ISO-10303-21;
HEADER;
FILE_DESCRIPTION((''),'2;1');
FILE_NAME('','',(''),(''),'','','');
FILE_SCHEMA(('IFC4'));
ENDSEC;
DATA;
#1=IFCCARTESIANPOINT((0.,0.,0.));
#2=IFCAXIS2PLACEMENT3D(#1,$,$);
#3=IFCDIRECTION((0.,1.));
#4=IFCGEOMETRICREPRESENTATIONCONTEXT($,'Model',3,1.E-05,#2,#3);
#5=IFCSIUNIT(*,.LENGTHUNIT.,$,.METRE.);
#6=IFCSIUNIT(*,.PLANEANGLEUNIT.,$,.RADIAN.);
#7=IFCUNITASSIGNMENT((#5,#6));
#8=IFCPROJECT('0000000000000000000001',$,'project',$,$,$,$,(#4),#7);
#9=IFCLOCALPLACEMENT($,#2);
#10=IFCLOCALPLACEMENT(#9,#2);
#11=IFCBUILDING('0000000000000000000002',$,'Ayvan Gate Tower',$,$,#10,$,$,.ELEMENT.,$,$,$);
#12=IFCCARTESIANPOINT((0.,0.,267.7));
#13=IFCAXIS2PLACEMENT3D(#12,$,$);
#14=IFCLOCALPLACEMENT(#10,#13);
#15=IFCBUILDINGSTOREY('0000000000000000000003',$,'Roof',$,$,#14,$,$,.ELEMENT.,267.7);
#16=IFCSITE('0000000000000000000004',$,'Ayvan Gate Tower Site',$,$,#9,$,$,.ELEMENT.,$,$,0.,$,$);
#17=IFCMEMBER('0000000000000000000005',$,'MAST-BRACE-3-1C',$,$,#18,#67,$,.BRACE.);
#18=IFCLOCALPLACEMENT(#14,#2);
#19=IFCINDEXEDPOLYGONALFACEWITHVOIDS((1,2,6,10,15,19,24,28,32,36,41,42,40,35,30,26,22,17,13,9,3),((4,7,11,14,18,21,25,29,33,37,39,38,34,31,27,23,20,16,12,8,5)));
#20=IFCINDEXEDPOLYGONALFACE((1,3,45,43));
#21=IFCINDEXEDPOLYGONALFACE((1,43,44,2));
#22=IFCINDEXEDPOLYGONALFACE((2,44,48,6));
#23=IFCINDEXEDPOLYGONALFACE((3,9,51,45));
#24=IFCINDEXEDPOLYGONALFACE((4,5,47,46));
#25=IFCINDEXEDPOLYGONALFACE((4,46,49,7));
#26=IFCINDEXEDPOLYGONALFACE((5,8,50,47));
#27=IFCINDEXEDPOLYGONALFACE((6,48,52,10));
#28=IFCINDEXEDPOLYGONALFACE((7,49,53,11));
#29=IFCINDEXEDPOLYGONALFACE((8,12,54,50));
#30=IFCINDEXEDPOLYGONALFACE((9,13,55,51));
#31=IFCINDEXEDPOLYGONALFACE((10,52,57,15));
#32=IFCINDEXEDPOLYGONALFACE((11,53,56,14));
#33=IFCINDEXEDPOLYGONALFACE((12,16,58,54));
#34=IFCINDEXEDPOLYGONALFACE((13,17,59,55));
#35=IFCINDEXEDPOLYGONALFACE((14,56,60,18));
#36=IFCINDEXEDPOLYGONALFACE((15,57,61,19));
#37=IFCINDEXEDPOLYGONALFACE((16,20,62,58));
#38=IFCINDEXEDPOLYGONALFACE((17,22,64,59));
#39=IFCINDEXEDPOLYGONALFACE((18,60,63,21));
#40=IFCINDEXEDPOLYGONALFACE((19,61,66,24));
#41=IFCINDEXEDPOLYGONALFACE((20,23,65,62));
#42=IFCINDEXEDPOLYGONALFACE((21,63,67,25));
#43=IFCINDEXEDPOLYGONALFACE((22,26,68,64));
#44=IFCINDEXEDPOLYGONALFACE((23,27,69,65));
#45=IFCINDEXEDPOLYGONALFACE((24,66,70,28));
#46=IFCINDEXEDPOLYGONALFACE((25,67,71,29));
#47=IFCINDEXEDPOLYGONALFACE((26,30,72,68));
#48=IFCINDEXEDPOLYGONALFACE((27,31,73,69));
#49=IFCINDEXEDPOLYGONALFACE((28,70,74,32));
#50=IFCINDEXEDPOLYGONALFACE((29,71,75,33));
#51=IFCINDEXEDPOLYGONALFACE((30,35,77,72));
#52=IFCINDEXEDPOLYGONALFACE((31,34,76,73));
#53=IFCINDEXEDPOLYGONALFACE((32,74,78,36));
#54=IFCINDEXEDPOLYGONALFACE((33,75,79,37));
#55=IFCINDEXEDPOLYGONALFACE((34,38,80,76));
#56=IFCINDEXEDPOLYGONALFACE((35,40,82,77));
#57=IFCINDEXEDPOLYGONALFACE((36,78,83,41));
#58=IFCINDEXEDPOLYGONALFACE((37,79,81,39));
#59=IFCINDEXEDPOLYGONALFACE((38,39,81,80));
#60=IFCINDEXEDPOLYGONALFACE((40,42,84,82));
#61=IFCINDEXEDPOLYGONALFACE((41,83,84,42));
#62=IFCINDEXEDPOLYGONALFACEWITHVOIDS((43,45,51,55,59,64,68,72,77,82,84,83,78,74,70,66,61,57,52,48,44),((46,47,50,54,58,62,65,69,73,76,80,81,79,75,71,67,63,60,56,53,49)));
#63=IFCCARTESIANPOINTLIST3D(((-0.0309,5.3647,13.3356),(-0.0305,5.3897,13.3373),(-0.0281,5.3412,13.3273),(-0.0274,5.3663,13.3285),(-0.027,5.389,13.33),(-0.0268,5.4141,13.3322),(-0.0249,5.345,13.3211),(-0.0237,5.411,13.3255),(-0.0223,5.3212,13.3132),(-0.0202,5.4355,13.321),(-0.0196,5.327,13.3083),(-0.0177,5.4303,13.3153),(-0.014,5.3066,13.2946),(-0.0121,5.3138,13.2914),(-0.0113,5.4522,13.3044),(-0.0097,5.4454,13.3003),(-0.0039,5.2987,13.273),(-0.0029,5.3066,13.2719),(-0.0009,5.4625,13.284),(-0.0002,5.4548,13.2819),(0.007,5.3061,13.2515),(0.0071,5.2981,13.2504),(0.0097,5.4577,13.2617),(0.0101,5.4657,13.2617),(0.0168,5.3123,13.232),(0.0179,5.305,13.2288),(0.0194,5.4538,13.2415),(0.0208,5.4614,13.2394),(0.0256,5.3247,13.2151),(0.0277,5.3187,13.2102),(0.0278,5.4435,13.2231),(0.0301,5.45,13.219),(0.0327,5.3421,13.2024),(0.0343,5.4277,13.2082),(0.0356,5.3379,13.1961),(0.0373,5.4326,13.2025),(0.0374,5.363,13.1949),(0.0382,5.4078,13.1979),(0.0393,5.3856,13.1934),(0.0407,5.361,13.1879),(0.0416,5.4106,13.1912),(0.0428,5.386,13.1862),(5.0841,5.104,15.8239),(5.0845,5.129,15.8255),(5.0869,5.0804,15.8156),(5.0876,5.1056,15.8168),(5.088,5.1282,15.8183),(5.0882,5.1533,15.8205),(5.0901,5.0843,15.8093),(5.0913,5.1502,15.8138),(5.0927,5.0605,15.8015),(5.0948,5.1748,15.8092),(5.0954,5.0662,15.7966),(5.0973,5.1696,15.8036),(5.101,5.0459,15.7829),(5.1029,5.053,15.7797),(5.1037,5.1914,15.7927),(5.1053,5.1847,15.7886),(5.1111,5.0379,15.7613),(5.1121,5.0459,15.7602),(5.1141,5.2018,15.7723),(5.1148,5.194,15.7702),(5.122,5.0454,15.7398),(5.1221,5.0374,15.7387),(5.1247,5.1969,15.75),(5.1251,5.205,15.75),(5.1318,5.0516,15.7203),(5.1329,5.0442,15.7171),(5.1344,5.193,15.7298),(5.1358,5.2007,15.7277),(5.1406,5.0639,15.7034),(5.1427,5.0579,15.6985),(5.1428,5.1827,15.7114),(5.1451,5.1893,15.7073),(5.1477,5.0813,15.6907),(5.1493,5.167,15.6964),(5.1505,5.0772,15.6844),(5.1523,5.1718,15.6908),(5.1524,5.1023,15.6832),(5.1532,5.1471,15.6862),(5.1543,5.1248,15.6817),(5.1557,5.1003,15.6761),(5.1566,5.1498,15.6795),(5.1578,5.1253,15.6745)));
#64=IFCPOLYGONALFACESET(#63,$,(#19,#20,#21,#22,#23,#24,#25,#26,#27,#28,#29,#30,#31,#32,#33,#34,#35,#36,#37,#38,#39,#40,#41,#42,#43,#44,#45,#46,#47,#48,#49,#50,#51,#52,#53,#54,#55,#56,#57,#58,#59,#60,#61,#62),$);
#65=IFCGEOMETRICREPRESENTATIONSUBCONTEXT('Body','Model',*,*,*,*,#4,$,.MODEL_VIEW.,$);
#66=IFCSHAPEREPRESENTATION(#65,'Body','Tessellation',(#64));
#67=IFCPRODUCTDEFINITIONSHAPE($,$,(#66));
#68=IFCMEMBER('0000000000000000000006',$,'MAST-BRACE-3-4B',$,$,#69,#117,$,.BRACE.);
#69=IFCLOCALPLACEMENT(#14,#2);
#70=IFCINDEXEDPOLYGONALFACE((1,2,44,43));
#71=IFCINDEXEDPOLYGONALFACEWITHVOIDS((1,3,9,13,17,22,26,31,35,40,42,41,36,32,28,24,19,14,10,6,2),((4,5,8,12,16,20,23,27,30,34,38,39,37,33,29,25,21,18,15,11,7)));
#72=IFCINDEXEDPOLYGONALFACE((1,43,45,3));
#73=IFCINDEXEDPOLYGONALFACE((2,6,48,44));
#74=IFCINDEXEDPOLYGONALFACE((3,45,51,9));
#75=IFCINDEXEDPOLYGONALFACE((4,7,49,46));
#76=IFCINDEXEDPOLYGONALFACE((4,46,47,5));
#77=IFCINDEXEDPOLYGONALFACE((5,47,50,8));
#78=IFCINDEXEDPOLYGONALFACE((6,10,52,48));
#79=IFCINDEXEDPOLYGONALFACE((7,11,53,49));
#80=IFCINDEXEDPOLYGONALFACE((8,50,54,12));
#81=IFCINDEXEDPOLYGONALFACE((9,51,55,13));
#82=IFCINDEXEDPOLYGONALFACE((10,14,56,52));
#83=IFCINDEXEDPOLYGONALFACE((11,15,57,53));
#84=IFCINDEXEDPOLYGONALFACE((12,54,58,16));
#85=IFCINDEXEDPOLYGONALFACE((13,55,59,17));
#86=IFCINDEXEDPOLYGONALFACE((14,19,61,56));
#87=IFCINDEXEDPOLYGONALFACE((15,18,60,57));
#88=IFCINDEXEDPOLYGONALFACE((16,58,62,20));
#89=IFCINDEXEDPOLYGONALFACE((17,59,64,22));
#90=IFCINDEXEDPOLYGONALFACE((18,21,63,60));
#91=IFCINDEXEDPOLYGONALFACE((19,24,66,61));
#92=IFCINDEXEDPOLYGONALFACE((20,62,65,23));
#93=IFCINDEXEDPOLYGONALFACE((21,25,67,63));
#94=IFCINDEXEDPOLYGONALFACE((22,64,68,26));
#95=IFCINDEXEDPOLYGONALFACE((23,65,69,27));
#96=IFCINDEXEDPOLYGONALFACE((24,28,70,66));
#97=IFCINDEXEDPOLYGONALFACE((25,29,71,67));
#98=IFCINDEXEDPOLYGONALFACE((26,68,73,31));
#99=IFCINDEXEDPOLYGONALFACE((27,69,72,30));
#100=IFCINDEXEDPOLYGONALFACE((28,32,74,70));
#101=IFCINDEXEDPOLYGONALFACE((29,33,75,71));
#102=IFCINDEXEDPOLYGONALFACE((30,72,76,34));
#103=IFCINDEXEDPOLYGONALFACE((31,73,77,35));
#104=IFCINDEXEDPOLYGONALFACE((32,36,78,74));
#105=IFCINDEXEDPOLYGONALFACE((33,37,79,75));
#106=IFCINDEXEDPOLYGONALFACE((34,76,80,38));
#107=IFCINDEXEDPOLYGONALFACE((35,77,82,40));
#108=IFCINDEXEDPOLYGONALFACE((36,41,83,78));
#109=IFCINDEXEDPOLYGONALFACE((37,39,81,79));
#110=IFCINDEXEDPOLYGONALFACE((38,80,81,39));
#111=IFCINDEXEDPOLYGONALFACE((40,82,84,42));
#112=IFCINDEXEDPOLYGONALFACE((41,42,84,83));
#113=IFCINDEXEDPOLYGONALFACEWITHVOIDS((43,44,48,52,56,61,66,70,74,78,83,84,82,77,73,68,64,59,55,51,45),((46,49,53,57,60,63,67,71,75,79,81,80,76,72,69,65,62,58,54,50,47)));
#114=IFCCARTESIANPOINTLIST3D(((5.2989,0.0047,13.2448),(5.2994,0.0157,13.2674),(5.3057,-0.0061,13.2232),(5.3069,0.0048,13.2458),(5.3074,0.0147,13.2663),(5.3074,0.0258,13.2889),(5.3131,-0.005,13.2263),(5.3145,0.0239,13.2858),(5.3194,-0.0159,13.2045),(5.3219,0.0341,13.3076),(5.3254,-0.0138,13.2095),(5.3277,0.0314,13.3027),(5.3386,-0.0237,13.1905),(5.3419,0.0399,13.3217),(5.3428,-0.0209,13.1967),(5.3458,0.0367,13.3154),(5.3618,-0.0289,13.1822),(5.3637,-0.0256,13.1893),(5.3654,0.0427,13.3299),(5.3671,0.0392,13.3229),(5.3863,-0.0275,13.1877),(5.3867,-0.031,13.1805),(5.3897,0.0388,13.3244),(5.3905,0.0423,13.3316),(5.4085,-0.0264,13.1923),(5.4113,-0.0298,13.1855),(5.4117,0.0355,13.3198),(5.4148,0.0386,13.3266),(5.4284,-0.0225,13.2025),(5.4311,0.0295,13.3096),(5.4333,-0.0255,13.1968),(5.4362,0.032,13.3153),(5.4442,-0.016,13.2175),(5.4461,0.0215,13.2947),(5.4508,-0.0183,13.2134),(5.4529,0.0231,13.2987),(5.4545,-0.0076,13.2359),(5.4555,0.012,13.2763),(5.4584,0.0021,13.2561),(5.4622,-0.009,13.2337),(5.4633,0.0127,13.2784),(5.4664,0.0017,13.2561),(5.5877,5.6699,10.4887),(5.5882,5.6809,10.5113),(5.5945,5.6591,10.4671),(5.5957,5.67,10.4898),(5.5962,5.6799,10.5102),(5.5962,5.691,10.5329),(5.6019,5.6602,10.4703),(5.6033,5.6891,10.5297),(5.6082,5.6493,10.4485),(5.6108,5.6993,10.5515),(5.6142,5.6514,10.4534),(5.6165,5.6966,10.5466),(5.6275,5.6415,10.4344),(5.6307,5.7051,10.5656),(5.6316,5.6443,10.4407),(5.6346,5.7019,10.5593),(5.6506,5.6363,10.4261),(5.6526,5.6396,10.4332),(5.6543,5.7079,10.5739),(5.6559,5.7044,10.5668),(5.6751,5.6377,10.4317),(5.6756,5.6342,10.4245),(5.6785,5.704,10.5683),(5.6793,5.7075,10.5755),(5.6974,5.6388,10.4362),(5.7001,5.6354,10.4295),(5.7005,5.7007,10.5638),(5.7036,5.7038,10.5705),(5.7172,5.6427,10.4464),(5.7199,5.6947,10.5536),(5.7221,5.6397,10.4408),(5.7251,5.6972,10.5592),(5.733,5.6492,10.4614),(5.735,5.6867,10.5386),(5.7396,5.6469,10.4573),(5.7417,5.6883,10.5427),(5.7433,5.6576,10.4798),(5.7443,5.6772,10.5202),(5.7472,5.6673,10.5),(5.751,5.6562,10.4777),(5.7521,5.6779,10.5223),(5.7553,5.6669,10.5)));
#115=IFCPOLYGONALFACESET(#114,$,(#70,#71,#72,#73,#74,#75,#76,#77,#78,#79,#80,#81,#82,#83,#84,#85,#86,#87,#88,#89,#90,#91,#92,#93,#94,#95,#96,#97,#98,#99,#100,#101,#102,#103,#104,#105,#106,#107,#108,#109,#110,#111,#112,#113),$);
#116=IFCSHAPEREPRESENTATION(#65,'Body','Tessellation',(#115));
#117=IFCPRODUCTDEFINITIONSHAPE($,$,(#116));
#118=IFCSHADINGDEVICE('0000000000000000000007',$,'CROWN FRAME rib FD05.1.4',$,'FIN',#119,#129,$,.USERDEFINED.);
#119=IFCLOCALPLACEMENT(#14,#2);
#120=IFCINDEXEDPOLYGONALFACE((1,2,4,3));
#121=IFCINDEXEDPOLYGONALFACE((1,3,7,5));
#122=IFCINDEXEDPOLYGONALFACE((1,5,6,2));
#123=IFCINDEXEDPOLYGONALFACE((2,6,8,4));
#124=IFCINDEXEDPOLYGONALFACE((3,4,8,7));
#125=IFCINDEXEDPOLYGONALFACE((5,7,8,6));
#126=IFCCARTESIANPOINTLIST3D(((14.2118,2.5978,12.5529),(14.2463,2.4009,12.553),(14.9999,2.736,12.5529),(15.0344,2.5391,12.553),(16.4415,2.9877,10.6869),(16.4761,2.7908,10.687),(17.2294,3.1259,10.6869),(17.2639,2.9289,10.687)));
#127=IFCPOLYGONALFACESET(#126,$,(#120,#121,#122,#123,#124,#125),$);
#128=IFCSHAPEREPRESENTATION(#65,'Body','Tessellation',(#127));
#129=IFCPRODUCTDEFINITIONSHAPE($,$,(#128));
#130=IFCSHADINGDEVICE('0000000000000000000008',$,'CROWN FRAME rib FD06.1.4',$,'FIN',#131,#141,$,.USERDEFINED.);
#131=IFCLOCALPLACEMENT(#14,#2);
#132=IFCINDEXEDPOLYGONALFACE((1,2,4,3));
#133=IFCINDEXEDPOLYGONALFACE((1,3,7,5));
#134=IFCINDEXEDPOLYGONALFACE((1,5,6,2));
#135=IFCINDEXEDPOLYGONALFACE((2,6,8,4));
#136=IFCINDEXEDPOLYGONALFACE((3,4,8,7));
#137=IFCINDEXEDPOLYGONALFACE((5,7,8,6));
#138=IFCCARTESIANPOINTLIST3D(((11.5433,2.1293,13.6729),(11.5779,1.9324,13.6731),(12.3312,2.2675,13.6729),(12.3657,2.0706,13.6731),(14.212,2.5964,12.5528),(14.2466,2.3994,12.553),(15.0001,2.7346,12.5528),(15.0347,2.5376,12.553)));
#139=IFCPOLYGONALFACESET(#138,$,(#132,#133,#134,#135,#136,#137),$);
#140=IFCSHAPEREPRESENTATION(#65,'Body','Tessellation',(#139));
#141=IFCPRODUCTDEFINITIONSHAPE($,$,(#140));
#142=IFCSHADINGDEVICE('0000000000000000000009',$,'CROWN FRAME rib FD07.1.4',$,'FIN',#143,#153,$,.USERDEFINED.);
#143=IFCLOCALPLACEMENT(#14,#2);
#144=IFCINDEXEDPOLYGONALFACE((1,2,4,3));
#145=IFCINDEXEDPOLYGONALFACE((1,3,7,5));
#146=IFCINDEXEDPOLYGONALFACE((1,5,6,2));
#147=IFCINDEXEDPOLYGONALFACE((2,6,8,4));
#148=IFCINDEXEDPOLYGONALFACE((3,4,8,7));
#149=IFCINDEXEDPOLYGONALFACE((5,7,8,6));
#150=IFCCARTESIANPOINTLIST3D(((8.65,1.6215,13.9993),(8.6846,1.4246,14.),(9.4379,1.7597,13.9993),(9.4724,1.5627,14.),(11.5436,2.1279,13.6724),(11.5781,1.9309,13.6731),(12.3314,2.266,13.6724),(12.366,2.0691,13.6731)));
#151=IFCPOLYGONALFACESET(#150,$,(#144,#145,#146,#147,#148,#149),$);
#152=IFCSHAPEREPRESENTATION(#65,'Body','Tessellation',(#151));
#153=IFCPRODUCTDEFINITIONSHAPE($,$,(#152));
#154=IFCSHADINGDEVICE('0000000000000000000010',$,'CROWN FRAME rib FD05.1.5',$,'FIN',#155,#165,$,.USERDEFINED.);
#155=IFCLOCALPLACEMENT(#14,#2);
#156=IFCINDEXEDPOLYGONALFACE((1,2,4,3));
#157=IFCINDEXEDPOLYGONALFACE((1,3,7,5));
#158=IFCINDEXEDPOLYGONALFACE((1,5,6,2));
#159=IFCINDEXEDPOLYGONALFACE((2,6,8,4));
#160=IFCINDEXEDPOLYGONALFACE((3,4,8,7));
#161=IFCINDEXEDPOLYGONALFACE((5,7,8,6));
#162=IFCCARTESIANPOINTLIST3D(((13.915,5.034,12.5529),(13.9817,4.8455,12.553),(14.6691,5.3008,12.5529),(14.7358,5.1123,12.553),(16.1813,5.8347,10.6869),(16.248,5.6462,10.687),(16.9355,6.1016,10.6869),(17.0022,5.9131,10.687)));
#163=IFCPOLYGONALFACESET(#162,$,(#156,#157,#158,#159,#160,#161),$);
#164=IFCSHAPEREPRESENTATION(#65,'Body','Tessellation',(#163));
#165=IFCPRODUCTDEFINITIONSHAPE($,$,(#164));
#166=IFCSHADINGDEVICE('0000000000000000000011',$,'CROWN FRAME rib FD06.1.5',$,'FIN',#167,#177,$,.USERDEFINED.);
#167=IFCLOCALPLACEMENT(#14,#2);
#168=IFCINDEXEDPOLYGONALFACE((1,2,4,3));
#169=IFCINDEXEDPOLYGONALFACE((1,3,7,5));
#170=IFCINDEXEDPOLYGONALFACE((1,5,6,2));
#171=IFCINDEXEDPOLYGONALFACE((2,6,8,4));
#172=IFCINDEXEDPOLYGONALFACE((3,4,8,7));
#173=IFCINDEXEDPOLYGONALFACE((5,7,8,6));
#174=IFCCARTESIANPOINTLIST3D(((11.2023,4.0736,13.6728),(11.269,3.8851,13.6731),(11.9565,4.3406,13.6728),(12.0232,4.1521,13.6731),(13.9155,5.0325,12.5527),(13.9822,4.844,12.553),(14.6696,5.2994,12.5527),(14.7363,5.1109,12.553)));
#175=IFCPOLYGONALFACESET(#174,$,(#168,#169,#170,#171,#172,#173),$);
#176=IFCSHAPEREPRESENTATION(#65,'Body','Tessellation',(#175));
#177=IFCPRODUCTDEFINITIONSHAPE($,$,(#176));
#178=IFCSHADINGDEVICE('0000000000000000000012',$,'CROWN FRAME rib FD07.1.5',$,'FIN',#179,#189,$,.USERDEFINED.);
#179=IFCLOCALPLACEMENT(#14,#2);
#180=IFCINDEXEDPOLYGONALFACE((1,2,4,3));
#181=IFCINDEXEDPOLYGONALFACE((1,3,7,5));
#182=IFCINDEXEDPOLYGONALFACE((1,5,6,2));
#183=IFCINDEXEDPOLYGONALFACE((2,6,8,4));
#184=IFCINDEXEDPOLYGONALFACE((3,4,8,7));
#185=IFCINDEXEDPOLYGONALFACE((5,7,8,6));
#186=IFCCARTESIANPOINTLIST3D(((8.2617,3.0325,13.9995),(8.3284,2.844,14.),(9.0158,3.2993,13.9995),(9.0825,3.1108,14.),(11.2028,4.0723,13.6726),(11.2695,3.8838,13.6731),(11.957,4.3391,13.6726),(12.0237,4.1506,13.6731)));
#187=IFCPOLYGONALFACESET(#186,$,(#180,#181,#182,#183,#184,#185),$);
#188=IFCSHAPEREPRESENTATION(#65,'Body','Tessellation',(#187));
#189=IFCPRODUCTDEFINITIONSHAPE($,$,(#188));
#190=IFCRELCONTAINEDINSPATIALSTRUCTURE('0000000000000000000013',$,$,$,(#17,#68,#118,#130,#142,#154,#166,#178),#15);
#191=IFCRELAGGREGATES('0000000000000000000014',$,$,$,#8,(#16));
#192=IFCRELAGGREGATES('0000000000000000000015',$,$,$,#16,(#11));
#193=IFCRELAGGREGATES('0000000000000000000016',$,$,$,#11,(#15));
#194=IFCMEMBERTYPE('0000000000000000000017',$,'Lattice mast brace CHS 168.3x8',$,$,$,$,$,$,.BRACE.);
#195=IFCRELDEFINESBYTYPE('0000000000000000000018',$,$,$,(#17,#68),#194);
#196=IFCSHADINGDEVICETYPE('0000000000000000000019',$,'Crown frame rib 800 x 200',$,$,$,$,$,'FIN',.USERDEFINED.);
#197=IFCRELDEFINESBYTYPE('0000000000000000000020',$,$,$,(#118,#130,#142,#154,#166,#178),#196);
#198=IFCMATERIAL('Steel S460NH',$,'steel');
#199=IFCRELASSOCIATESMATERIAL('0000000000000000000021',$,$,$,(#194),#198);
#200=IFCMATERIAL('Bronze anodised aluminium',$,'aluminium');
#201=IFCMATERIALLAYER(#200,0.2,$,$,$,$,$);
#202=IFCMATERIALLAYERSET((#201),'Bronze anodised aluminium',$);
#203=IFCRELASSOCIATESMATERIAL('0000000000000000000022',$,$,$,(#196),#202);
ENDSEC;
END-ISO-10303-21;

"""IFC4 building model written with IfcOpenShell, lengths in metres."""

from ifc_helpers import new_model, si_unit, direction, frame, origin, origin_2d, place, context, subcontext, project, spatial, polyline, hollow_circle, outline, extrude, material, layer, layer_set, material_profile, profile_set, type_object, element, save


model = new_model("IFC4")

# Units and contexts
model_context = context("Model", 3, precision=1e-05, world=origin(), true_north=direction((0.0, 1.0)))
body_context = subcontext(model_context, "Body", "Model", "MODEL_VIEW")
ifc_project = project(units=[si_unit("LENGTHUNIT", "METRE"), si_unit("PLANEANGLEUNIT", "RADIAN")], contexts=[model_context])

# Site, building, storey
site_placement = place(None, origin())
site = spatial("IfcSite", under=ifc_project, at=site_placement, Name="Ayvan Gate Tower Site", CompositionType="ELEMENT", RefElevation=0.0)
building_placement = place(site_placement, origin())
building = spatial("IfcBuilding", under=site, at=building_placement, Name="Ayvan Gate Tower", CompositionType="ELEMENT")
storey_placement = place(building_placement, frame((0.0, 0.0, 267.7)))
storey = spatial("IfcBuildingStorey", under=building, at=storey_placement, Name="Roof", CompositionType="ELEMENT", Elevation=267.7)

# Members
ifc_material_1 = material(Name="Steel S460NH", Category="steel")
ifc_material_profile = material_profile(ifc_material_1, hollow_circle(Radius=0.0842, WallThickness=0.0081, at=origin_2d()), Name="CHS 168.3x8")
ifc_profile_set = profile_set([ifc_material_profile], Name="Steel S460NH")
member_type = type_object("IfcMemberType", Name="Lattice mast brace CHS 168.3x8", PredefinedType="BRACE", material=ifc_profile_set)
member_1_placement = place(storey_placement, frame((0.0059, 5.3816, 13.2617), z_axis=(0.898298, -0.045792, 0.436994), x_axis=(0.05091, 0.998703, 0.0)))
element("IfcMember", 1, at=member_1_placement, inside=storey, type_object=member_type, Name="MAST-BRACE-3-1C", PredefinedType="BRACE", context=body_context, shape_type="SweptSolid", body=[
    extrude(hollow_circle(Radius=0.0842, WallThickness=0.0081, at=origin_2d()), origin(), (0.0, 0.0, 1.0), 5.6941),
])
member_2_placement = place(storey_placement, frame((5.6711, 5.6711, 10.5), z_axis=(-0.045795, -0.89829, 0.437009), x_axis=(0.998703, -0.050914, 0.0)))
element("IfcMember", 2, at=member_2_placement, inside=storey, type_object=member_type, Name="MAST-BRACE-3-4B", PredefinedType="BRACE", context=body_context, shape_type="SweptSolid", body=[
    extrude(hollow_circle(Radius=0.0842, WallThickness=0.0081, at=origin_2d()), origin(), (0.0, 0.0, 1.0), 6.3066),
])

# Shading devices
ifc_material_2 = material(Name="Bronze anodised aluminium", Category="aluminium")
ifc_layer_1 = layer(ifc_material_2, 0.2)
ifc_layer_set_1 = layer_set([ifc_layer_1], Name="Bronze anodised aluminium")
shading_device_type = type_object("IfcShadingDeviceType", Name="Crown frame rib 800 x 200", ElementType="FIN", PredefinedType="USERDEFINED", material=ifc_layer_set_1)
shading_device_1_placement = place(storey_placement, frame((16.4761, 2.7908, 10.687), z_axis=(0.172732, -0.984969, 0.000586), x_axis=(0.984969, 0.172732, 0.0)))
element("IfcShadingDevice", 3, at=shading_device_1_placement, inside=storey, type_object=shading_device_type, Name="CROWN FRAME rib FD05.1.4", ObjectType="FIN", PredefinedType="USERDEFINED", context=body_context, shape_type="SweptSolid", body=[
    extrude(outline(polyline([(0.0, 0.0), (0.7999, 0.0), (-1.4635, 1.866), (-2.2636, 1.866), (0.0, 0.0)])), origin(), (0.0, 0.0, -1.0), 0.2),
])
shading_device_2_placement = place(storey_placement, frame((14.2466, 2.3994, 12.553), z_axis=(0.172732, -0.984968, 0.000866), x_axis=(0.984969, 0.172732, 0.0)))
element("IfcShadingDevice", 4, at=shading_device_2_placement, inside=storey, type_object=shading_device_type, Name="CROWN FRAME rib FD06.1.4", ObjectType="FIN", PredefinedType="USERDEFINED", context=body_context, shape_type="SweptSolid", body=[
    extrude(outline(polyline([(0.0, 0.0), (0.8001, 0.0), (-1.9094, 1.1201), (-2.7093, 1.1201), (0.0, 0.0)])), origin(), (0.0, 0.0, -1.0), 0.2),
])
shading_device_3_placement = place(storey_placement, frame((11.5781, 1.9309, 13.6731), z_axis=(0.172757, -0.984958, 0.003518), x_axis=(0.984964, 0.172758, 0.0)))
element("IfcShadingDevice", 5, at=shading_device_3_placement, inside=storey, type_object=shading_device_type, Name="CROWN FRAME rib FD07.1.4", ObjectType="FIN", PredefinedType="USERDEFINED", context=body_context, shape_type="SweptSolid", body=[
    extrude(outline(polyline([(0.0, 0.0), (0.7999, 0.0), (-2.1377, 0.3269), (-2.9375, 0.3269), (0.0, 0.0)])), origin(), (0.0, 0.0, -1.0), 0.2),
])
shading_device_4_placement = place(storey_placement, frame((16.248, 5.6462, 10.687), z_axis=(0.33357, -0.942725, 0.000575), x_axis=(0.942725, 0.33357, 0.0)))
element("IfcShadingDevice", 6, at=shading_device_4_placement, inside=storey, type_object=shading_device_type, Name="CROWN FRAME rib FD05.1.5", ObjectType="FIN", PredefinedType="USERDEFINED", context=body_context, shape_type="SweptSolid", body=[
    extrude(outline(polyline([(0.0, 0.0), (0.8, 0.0), (-1.6037, 1.866), (-2.4037, 1.866), (0.0, 0.0)])), origin(), (0.0, 0.0, -1.0), 0.2),
])
shading_device_5_placement = place(storey_placement, frame((13.9822, 4.844, 12.553), z_axis=(0.333706, -0.942676, 0.001332), x_axis=(0.942677, 0.333706, 0.0)))
element("IfcShadingDevice", 7, at=shading_device_5_placement, inside=storey, type_object=shading_device_type, Name="CROWN FRAME rib FD06.1.5", ObjectType="FIN", PredefinedType="USERDEFINED", context=body_context, shape_type="SweptSolid", body=[
    extrude(outline(polyline([(0.0, 0.0), (0.8, 0.0), (-2.0776, 1.1201), (-2.8776, 1.1201), (0.0, 0.0)])), origin(), (0.0, 0.0, -1.0), 0.2),
])
shading_device_6_placement = place(storey_placement, frame((11.2695, 3.8838, 13.6731), z_axis=(0.333569, -0.942722, 0.00258), x_axis=(0.942725, 0.33357, 0.0)))
element("IfcShadingDevice", 8, at=shading_device_6_placement, inside=storey, type_object=shading_device_type, Name="CROWN FRAME rib FD07.1.5", ObjectType="FIN", PredefinedType="USERDEFINED", context=body_context, shape_type="SweptSolid", body=[
    extrude(outline(polyline([(0.0, 0.0), (0.8, 0.0), (-2.3196, 0.3269), (-3.1196, 0.3269), (0.0, 0.0)])), origin(), (0.0, 0.0, -1.0), 0.2),
])

save(model, "model.ifc")
